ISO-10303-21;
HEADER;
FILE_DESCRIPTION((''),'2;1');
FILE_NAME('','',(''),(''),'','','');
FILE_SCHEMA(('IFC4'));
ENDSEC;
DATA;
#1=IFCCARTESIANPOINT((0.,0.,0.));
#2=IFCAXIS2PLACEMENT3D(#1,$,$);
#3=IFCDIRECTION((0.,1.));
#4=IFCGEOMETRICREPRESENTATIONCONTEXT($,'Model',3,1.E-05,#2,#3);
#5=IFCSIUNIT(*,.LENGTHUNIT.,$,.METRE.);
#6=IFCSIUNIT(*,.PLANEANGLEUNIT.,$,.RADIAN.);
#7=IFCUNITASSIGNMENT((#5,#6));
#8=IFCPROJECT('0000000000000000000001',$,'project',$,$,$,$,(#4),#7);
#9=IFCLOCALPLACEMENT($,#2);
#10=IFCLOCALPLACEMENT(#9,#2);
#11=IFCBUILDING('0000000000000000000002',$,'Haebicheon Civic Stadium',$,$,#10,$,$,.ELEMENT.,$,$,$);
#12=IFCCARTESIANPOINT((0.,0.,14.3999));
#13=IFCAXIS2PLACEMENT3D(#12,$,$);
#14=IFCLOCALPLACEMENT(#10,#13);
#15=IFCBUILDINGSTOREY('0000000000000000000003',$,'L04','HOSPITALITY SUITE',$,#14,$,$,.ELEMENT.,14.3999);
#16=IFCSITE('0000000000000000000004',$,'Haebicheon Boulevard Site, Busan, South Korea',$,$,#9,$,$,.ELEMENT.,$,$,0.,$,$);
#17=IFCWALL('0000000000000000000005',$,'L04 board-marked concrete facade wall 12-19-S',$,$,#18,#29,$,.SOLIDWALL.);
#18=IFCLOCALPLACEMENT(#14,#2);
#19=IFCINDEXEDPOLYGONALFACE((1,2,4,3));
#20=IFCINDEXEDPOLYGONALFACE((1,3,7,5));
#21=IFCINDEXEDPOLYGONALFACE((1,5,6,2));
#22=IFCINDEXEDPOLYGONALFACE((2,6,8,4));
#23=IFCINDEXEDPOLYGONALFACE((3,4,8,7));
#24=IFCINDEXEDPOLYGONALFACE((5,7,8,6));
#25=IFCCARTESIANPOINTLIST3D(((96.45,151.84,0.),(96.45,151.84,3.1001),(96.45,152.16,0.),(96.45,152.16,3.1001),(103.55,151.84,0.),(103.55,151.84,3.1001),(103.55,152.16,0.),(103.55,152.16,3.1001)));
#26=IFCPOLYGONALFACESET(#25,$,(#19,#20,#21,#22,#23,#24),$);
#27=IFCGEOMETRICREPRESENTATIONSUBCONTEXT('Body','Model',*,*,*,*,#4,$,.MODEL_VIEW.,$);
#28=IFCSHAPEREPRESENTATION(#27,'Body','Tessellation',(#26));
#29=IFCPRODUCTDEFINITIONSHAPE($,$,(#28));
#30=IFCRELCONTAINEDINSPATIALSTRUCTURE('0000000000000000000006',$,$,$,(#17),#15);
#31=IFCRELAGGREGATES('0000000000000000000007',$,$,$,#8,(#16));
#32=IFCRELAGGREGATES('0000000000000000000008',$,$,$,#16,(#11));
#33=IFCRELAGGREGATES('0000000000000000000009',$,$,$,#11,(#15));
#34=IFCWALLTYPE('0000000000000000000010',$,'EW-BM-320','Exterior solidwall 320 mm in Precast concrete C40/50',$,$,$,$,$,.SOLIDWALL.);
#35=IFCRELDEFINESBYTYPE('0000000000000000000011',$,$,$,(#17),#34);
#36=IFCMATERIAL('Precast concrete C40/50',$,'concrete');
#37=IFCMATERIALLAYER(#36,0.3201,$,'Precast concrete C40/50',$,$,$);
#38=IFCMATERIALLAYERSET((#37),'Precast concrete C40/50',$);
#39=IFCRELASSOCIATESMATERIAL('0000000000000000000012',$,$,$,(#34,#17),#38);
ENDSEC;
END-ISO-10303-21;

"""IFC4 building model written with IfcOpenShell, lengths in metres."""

from ifc_helpers import new_model, si_unit, direction, frame, frame_2d, origin, place, context, subcontext, project, spatial, rectangle, extrude, material, layer, layer_set, type_object, element, save


model = new_model("IFC4")

# Units and contexts
model_context = context("Model", 3, precision=1e-05, world=origin(), true_north=direction((0.0, 1.0)))
body_context = subcontext(model_context, "Body", "Model", "MODEL_VIEW")
ifc_project = project(units=[si_unit("LENGTHUNIT", "METRE"), si_unit("PLANEANGLEUNIT", "RADIAN")], contexts=[model_context])

# Site, building, storey
site_placement = place(None, origin())
site = spatial("IfcSite", under=ifc_project, at=site_placement, Name="Haebicheon Boulevard Site, Busan, South Korea", CompositionType="ELEMENT", RefElevation=0.0)
building_placement = place(site_placement, origin())
building = spatial("IfcBuilding", under=site, at=building_placement, Name="Haebicheon Civic Stadium", CompositionType="ELEMENT")
storey_placement = place(building_placement, frame((0.0, 0.0, 14.3999)))
storey = spatial("IfcBuildingStorey", under=building, at=storey_placement, Name="L04", Description="HOSPITALITY SUITE", CompositionType="ELEMENT", Elevation=14.3999)

# Wall
ifc_material_1 = material(Name="Precast concrete C40/50", Category="concrete")
ifc_layer_1 = layer(ifc_material_1, 0.3201, Name="Precast concrete C40/50")
ifc_layer_set_1 = layer_set([ifc_layer_1], Name="Precast concrete C40/50")
wall_type = type_object("IfcWallType", Name="EW-BM-320", Description="Exterior solidwall 320 mm in Precast concrete C40/50", PredefinedType="SOLIDWALL", material=ifc_layer_set_1)
wall_placement = place(storey_placement, frame((96.45, 152.0, 0.0), z_axis=(0.0, 0.0, 1.0), x_axis=(1.0, 0.0, 0.0)))
element("IfcWall", 1, at=wall_placement, inside=storey, type_object=wall_type, material=ifc_layer_set_1, Name="L04 board-marked concrete facade wall 12-19-S", PredefinedType="SOLIDWALL", context=body_context, shape_type="SweptSolid", body=[
    extrude(rectangle(XDim=7.1001, YDim=0.3201, at=frame_2d((3.55, 0.0))), origin(), (0.0, 0.0, 1.0), 3.1001),
])

save(model, "model.ifc")
